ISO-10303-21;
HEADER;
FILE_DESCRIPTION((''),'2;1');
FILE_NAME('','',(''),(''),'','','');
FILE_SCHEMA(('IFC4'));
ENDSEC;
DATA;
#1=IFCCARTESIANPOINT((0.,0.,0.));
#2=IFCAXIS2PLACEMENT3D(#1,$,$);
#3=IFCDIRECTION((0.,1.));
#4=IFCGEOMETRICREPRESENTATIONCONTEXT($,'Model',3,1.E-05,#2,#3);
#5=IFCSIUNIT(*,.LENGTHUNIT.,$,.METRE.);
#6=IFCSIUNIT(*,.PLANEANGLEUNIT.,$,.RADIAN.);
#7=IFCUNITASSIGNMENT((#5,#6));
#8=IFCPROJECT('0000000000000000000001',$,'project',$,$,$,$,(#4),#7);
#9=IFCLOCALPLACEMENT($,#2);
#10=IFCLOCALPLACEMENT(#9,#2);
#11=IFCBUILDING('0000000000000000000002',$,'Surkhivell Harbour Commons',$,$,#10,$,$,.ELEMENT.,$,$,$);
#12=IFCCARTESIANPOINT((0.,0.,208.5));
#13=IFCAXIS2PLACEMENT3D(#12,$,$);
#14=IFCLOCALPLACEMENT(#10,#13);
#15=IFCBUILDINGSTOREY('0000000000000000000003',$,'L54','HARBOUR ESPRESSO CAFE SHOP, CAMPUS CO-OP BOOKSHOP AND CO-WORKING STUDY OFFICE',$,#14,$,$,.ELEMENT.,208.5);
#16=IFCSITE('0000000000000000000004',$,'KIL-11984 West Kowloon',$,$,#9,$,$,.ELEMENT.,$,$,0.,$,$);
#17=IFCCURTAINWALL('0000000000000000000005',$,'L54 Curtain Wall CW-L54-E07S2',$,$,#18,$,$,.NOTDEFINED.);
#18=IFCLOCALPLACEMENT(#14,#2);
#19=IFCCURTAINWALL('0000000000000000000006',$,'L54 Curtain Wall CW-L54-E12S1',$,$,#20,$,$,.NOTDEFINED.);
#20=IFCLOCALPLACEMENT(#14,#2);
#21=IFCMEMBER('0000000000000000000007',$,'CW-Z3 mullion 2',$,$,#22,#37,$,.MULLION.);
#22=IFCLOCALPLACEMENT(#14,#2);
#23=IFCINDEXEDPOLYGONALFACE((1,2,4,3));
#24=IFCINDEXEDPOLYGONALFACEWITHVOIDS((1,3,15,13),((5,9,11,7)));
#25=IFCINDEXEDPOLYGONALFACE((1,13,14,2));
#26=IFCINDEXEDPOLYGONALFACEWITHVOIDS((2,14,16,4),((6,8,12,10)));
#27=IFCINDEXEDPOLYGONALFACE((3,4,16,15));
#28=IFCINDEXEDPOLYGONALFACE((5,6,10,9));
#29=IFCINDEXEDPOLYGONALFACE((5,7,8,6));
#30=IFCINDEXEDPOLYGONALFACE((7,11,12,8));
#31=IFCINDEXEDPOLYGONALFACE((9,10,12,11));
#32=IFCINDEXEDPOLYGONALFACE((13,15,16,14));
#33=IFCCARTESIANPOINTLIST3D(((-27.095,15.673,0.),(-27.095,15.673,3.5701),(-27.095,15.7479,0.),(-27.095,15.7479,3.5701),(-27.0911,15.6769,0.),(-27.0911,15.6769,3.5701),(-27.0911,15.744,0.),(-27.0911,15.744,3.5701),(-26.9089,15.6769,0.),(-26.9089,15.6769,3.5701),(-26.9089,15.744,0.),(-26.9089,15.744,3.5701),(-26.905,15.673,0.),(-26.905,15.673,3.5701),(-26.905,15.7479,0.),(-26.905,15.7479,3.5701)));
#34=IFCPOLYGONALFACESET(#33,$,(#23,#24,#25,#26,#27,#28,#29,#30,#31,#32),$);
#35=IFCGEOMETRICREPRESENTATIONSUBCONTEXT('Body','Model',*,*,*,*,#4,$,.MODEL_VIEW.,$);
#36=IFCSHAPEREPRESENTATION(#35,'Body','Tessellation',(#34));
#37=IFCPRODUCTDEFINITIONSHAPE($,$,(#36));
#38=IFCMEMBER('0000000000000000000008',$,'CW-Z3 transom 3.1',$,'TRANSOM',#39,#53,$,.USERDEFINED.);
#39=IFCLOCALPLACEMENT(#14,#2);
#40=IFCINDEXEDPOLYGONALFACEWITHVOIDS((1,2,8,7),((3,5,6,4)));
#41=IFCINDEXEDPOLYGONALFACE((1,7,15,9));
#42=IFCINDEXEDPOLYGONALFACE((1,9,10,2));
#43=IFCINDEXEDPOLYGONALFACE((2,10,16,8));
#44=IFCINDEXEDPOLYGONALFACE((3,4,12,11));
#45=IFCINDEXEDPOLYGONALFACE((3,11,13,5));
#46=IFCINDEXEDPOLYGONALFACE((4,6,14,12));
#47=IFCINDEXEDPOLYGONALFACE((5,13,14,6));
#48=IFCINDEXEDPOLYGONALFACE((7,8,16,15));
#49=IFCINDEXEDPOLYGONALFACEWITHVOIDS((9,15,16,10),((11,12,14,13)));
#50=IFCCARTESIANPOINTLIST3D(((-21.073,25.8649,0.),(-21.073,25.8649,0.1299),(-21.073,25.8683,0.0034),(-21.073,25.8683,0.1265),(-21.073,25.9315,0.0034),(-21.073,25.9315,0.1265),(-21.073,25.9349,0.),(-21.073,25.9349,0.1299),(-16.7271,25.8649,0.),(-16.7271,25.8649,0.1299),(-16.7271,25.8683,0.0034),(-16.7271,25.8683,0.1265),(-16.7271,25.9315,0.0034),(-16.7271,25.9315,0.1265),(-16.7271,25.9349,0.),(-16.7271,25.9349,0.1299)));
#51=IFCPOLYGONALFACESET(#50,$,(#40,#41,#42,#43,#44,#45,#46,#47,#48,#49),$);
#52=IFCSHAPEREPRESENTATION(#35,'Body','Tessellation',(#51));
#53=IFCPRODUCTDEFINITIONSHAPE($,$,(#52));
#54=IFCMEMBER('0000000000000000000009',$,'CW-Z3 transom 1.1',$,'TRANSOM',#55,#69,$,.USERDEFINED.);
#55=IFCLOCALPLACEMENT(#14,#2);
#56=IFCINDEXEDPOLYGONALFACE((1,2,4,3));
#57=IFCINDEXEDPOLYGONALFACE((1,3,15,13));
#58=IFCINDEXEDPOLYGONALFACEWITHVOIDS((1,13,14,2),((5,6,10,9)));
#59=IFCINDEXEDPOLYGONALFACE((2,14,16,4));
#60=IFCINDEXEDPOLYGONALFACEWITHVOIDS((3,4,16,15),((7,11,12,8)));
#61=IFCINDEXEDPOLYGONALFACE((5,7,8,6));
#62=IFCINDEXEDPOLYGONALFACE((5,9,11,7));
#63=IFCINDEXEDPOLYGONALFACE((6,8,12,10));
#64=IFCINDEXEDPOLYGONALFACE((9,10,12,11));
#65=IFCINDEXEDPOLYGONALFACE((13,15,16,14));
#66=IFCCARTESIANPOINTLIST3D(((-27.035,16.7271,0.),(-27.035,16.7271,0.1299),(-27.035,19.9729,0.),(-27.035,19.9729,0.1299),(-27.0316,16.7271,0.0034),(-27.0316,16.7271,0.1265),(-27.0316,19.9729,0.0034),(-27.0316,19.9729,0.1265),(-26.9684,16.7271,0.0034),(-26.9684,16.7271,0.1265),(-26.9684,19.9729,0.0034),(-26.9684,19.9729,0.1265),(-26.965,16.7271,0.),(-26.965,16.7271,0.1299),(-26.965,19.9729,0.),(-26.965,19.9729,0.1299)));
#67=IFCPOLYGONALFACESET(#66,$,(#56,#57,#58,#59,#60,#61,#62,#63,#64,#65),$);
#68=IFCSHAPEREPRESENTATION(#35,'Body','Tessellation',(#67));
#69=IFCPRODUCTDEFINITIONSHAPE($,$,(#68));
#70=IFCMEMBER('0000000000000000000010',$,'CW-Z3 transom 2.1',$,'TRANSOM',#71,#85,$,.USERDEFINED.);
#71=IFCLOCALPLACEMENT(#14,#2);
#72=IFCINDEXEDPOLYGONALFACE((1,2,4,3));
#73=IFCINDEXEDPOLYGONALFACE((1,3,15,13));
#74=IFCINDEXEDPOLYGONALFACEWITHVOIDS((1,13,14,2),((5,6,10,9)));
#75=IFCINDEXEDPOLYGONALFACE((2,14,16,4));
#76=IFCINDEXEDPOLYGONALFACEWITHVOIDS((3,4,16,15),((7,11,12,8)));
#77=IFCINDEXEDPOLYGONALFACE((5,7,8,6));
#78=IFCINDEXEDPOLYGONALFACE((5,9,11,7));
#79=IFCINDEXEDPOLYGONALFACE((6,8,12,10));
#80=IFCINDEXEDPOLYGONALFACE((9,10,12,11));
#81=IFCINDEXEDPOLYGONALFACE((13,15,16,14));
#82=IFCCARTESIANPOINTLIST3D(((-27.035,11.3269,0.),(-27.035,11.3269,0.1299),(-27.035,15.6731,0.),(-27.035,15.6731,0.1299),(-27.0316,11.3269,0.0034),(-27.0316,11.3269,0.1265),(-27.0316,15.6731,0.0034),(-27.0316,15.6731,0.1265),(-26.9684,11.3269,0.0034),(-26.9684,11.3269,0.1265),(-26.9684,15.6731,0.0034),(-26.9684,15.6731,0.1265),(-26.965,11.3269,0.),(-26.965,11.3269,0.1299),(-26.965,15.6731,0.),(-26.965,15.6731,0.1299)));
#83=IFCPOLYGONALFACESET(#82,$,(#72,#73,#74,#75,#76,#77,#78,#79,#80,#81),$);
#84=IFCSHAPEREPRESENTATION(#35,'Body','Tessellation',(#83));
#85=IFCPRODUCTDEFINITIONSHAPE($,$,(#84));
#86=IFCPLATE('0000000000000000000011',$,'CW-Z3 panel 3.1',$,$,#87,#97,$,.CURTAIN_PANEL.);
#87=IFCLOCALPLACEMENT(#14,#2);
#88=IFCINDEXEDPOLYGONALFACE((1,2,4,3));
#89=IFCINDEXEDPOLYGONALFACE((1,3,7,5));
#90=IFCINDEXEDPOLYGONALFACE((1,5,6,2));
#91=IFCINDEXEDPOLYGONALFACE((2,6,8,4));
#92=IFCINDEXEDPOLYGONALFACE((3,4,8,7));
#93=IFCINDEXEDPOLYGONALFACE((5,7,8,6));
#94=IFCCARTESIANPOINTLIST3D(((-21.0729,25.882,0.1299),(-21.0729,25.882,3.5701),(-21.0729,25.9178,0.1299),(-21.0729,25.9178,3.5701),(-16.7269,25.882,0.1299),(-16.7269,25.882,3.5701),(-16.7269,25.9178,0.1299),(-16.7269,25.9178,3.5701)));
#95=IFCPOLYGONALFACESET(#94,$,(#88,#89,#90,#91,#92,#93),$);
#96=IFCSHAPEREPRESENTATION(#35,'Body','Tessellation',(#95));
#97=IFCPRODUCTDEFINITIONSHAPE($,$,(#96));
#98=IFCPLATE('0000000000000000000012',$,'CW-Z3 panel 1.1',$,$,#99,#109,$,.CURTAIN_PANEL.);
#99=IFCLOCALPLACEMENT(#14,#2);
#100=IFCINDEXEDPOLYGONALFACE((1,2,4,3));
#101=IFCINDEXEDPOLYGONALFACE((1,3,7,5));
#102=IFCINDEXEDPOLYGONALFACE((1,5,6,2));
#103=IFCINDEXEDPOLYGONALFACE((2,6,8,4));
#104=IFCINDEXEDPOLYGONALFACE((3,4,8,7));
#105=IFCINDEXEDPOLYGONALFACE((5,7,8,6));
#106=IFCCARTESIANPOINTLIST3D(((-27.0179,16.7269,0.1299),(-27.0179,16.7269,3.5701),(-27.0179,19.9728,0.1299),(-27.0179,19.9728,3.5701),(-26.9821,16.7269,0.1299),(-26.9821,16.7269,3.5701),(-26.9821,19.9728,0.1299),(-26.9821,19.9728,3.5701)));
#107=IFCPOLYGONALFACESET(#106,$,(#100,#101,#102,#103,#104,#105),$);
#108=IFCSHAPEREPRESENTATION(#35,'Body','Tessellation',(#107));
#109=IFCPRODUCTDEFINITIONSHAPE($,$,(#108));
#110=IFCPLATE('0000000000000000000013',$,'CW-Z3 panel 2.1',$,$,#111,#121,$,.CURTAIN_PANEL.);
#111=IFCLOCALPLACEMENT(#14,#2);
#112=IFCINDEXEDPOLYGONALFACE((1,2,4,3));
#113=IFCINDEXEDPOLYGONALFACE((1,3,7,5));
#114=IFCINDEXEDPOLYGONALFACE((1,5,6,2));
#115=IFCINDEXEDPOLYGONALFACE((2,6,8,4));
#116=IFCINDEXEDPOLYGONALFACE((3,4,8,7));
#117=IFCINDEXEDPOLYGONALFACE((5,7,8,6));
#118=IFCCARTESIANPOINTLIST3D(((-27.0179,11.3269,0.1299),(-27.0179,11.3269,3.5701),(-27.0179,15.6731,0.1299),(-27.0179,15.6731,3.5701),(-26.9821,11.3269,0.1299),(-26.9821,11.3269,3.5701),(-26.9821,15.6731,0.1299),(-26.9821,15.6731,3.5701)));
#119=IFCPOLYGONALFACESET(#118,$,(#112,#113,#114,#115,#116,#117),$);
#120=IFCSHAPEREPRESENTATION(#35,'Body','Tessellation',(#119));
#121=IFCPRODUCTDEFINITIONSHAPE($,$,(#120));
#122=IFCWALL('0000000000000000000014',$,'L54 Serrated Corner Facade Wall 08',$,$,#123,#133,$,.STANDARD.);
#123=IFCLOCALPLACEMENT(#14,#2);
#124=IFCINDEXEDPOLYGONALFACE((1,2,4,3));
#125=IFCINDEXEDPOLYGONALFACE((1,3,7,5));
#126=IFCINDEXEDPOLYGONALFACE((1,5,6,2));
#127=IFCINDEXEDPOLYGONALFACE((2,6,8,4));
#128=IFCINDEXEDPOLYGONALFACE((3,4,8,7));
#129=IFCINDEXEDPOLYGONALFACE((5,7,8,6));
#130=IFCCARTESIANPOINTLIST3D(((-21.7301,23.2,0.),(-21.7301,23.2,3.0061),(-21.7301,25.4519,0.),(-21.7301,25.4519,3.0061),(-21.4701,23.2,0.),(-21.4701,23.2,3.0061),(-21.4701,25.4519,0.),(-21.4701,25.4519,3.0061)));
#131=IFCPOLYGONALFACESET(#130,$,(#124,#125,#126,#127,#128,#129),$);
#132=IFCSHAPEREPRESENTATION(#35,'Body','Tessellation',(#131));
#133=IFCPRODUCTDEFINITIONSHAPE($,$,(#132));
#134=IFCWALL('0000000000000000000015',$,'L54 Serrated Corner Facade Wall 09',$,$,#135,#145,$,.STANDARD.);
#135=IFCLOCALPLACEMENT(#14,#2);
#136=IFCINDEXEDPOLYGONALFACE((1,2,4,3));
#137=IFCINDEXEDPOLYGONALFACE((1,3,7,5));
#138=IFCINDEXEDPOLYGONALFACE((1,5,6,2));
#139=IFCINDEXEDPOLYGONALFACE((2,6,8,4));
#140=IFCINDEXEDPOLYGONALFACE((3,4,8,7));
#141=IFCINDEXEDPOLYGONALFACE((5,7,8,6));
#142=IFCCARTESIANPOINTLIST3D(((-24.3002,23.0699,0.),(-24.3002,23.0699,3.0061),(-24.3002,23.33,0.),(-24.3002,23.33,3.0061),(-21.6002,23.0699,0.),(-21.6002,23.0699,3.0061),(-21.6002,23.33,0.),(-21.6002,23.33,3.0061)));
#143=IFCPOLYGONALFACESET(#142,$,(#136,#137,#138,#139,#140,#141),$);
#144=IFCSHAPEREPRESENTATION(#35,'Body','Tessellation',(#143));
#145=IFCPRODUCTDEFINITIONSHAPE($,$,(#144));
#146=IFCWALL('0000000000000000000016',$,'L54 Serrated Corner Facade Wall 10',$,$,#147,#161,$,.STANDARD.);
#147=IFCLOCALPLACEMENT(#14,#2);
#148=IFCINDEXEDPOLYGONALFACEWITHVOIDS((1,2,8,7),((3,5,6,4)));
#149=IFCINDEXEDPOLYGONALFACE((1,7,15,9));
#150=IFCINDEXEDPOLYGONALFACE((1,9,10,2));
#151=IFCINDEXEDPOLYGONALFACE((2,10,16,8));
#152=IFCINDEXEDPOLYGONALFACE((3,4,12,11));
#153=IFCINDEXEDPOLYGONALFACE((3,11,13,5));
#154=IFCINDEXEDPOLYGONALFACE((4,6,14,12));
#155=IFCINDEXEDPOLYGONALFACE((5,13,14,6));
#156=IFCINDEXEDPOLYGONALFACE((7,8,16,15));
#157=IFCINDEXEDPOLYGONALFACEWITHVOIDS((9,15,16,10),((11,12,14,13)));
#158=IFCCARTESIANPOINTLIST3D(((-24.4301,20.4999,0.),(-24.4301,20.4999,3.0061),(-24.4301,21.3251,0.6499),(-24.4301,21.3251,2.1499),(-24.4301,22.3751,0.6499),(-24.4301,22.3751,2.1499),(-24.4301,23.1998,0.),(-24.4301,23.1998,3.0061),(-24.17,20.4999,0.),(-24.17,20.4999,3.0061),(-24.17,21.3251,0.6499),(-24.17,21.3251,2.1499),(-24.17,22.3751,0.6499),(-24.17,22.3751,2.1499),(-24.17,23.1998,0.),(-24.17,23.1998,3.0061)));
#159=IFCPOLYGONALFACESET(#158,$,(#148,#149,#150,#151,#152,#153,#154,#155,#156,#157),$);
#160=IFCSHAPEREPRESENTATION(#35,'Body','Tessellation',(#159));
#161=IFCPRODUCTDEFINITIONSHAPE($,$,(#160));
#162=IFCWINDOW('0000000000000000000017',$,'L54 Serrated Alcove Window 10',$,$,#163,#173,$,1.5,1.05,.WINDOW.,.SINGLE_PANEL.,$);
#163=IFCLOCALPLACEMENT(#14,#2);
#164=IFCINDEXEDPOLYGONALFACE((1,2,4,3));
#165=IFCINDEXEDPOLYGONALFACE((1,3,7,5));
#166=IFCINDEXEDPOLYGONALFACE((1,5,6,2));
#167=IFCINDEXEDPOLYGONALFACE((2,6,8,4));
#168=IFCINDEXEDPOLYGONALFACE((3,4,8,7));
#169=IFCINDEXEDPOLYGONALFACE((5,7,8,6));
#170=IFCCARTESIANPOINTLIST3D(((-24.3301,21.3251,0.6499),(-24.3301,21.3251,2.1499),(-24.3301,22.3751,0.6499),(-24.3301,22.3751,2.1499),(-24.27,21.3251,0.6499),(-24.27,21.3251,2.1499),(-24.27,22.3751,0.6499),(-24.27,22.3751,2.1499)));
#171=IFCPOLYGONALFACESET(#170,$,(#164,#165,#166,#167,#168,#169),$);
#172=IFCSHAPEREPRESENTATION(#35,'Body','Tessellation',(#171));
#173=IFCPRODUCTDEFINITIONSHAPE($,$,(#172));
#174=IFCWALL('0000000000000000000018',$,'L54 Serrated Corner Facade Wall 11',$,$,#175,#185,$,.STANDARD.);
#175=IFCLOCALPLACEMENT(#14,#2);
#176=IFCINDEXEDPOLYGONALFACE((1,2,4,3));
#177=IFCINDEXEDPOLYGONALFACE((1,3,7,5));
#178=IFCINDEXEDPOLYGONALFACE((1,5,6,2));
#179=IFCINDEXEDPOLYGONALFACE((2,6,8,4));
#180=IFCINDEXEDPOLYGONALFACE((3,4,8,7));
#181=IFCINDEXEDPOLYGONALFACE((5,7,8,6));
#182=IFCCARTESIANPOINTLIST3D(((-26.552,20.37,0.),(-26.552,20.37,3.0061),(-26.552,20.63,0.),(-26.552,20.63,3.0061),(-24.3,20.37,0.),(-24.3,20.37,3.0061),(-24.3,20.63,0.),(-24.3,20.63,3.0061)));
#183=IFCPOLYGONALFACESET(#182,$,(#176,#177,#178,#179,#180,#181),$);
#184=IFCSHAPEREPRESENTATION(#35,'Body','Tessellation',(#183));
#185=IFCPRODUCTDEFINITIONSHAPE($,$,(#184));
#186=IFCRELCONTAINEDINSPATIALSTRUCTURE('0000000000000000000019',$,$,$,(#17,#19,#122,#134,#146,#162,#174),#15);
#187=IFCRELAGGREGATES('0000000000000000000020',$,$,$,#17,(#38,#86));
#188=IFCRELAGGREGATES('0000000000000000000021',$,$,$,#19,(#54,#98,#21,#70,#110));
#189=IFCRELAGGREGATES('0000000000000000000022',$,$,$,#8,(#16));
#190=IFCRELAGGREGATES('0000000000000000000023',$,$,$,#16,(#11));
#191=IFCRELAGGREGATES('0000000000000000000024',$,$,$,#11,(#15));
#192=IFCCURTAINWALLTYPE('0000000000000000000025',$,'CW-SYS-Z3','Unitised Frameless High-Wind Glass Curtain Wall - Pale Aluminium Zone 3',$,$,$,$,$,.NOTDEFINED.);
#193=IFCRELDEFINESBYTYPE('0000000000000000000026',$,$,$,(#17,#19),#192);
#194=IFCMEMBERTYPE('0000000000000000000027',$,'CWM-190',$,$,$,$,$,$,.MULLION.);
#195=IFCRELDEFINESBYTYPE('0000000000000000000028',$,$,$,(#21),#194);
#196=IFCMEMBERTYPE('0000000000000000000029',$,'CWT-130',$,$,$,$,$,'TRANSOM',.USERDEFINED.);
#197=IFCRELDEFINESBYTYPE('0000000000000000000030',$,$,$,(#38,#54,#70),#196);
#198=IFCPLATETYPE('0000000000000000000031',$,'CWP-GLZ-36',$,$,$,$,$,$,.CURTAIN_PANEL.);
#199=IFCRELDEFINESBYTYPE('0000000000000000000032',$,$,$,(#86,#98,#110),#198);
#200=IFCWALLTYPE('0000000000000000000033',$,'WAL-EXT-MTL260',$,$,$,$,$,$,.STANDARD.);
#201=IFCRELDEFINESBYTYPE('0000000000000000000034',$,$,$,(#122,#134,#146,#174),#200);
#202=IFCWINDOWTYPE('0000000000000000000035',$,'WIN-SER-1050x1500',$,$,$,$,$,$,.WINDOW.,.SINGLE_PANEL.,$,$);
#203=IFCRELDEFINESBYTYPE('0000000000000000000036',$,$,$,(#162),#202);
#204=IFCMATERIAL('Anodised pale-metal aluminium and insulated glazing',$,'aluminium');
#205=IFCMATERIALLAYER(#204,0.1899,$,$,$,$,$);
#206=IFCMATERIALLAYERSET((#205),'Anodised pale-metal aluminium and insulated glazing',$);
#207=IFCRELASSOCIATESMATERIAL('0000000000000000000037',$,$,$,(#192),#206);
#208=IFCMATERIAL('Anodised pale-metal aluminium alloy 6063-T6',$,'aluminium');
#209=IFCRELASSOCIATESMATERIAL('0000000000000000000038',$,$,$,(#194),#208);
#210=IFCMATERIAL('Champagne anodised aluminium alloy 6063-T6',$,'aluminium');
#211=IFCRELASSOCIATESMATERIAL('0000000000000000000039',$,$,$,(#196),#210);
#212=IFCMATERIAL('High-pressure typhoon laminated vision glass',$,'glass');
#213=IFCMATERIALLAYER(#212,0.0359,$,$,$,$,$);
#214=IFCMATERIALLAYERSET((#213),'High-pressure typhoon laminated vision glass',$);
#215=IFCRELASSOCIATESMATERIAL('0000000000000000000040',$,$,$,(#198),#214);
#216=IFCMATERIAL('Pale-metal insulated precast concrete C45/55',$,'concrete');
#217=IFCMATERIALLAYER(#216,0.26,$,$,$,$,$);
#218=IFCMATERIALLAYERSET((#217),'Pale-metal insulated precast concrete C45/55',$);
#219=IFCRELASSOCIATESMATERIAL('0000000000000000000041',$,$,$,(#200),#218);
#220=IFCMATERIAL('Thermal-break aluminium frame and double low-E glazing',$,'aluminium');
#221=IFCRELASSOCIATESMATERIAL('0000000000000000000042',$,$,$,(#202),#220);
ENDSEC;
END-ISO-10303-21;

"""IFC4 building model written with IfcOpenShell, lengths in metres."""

from ifc_helpers import new_model, si_unit, direction, frame, frame_2d, origin, origin_2d, place, context, subcontext, project, spatial, rectangle, hollow_rectangle, extrude, material, layer, layer_set, material_profile, profile_set, type_object, element, fill, aggregate, save


model = new_model("IFC4")

# Units and contexts
model_context = context("Model", 3, precision=1e-05, world=origin(), true_north=direction((0.0, 1.0)))
body_context = subcontext(model_context, "Body", "Model", "MODEL_VIEW")
ifc_project = project(units=[si_unit("LENGTHUNIT", "METRE"), si_unit("PLANEANGLEUNIT", "RADIAN")], contexts=[model_context])

# Site, building, storey
site_placement = place(None, origin())
site = spatial("IfcSite", under=ifc_project, at=site_placement, Name="KIL-11984 West Kowloon", CompositionType="ELEMENT", RefElevation=0.0)
building_placement = place(site_placement, origin())
building = spatial("IfcBuilding", under=site, at=building_placement, Name="Surkhivell Harbour Commons", CompositionType="ELEMENT")
storey_placement = place(building_placement, frame((0.0, 0.0, 208.5)))
storey = spatial("IfcBuildingStorey", under=building, at=storey_placement, Name="L54", Description="HARBOUR ESPRESSO CAFE SHOP, CAMPUS CO-OP BOOKSHOP AND CO-WORKING STUDY OFFICE", CompositionType="ELEMENT", Elevation=208.5)

# Curtain walls, member
ifc_material_1 = material(Name="Anodised pale-metal aluminium and insulated glazing", Category="aluminium")
ifc_layer_1 = layer(ifc_material_1, 0.1899)
ifc_layer_set_1 = layer_set([ifc_layer_1], Name="Anodised pale-metal aluminium and insulated glazing")
curtain_wall_type = type_object("IfcCurtainWallType", Name="CW-SYS-Z3", Description="Unitised Frameless High-Wind Glass Curtain Wall - Pale Aluminium Zone 3", PredefinedType="NOTDEFINED", material=ifc_layer_set_1)
curtain_wall_1_placement = place(storey_placement, origin())
curtain_wall_1 = element("IfcCurtainWall", 1, at=curtain_wall_1_placement, inside=storey, type_object=curtain_wall_type, Name="L54 Curtain Wall CW-L54-E07S2", PredefinedType="NOTDEFINED")
ifc_material_2 = material(Name="Anodised pale-metal aluminium alloy 6063-T6", Category="aluminium")
ifc_material_profile_1 = material_profile(ifc_material_2, hollow_rectangle(XDim=0.075, YDim=0.1899, WallThickness=0.0039, at=origin_2d()), Name="ALU-MULL-75x190")
ifc_profile_set_1 = profile_set([ifc_material_profile_1], Name="Anodised pale-metal aluminium alloy 6063-T6")
member_type_1 = type_object("IfcMemberType", Name="CWM-190", PredefinedType="MULLION", material=ifc_profile_set_1)
curtain_wall_2_placement = place(storey_placement, origin())
curtain_wall_2 = element("IfcCurtainWall", 2, at=curtain_wall_2_placement, inside=storey, type_object=curtain_wall_type, Name="L54 Curtain Wall CW-L54-E12S1", PredefinedType="NOTDEFINED")
member_1_placement = place(storey_placement, frame((-27.0, 15.7104, 0.0), z_axis=(0.0, 0.0, 1.0), x_axis=(0.0, -1.0, 0.0)))
member_1 = element("IfcMember", 3, at=member_1_placement, type_object=member_type_1, Name="CW-Z3 mullion 2", PredefinedType="MULLION", context=body_context, shape_type="SweptSolid", body=[
    extrude(hollow_rectangle(XDim=0.075, YDim=0.1899, WallThickness=0.0039, at=origin_2d()), origin(), (0.0, 0.0, 1.0), 3.5701),
])

# Members
ifc_material_3 = material(Name="Champagne anodised aluminium alloy 6063-T6", Category="aluminium")
ifc_material_profile_2 = material_profile(ifc_material_3, hollow_rectangle(XDim=0.0701, YDim=0.1299, WallThickness=0.0034, at=origin_2d()), Name="ALU-TRAN-70x130")
ifc_profile_set_2 = profile_set([ifc_material_profile_2], Name="Champagne anodised aluminium alloy 6063-T6")
member_type_2 = type_object("IfcMemberType", Name="CWT-130", ElementType="TRANSOM", PredefinedType="USERDEFINED", material=ifc_profile_set_2)
member_2_placement = place(storey_placement, frame((-16.7271, 25.8999, 0.0649), z_axis=(-1.0, 0.0, 0.0), x_axis=(0.0, -1.0, 0.0)))
member_2 = element("IfcMember", 4, at=member_2_placement, type_object=member_type_2, Name="CW-Z3 transom 3.1", ObjectType="TRANSOM", PredefinedType="USERDEFINED", context=body_context, shape_type="SweptSolid", body=[
    extrude(hollow_rectangle(XDim=0.0701, YDim=0.1299, WallThickness=0.0034, at=origin_2d()), origin(), (0.0, 0.0, 1.0), 4.3459),
])
member_3_placement = place(storey_placement, frame((-27.0, 19.9729, 0.0649), z_axis=(0.0, -1.0, 0.0), x_axis=(1.0, 0.0, 0.0)))
member_3 = element("IfcMember", 5, at=member_3_placement, type_object=member_type_2, Name="CW-Z3 transom 1.1", ObjectType="TRANSOM", PredefinedType="USERDEFINED", context=body_context, shape_type="SweptSolid", body=[
    extrude(hollow_rectangle(XDim=0.0701, YDim=0.1299, WallThickness=0.0034, at=origin_2d()), origin(), (0.0, 0.0, 1.0), 3.2458),
])
member_4_placement = place(storey_placement, frame((-27.0, 15.6731, 0.0649), z_axis=(0.0, -1.0, 0.0), x_axis=(1.0, 0.0, 0.0)))
member_4 = element("IfcMember", 6, at=member_4_placement, type_object=member_type_2, Name="CW-Z3 transom 2.1", ObjectType="TRANSOM", PredefinedType="USERDEFINED", context=body_context, shape_type="SweptSolid", body=[
    extrude(hollow_rectangle(XDim=0.0701, YDim=0.1299, WallThickness=0.0034, at=origin_2d()), origin(), (0.0, 0.0, 1.0), 4.3462),
])

# Plates
ifc_material_4 = material(Name="High-pressure typhoon laminated vision glass", Category="glass")
ifc_layer_2 = layer(ifc_material_4, 0.0359)
ifc_layer_set_2 = layer_set([ifc_layer_2], Name="High-pressure typhoon laminated vision glass")
plate_type = type_object("IfcPlateType", Name="CWP-GLZ-36", PredefinedType="CURTAIN_PANEL", material=ifc_layer_set_2)
plate_1_placement = place(storey_placement, frame((-16.7271, 25.8999, 0.1299), z_axis=(0.0, 0.0, 1.0), x_axis=(-1.0, 0.0, 0.0)))
plate_1 = element("IfcPlate", 7, at=plate_1_placement, type_object=plate_type, Name="CW-Z3 panel 3.1", PredefinedType="CURTAIN_PANEL", context=body_context, shape_type="SweptSolid", body=[
    extrude(rectangle(XDim=4.3459, YDim=0.0359, at=frame_2d((2.1729, 0.0))), origin(), (0.0, 0.0, 1.0), 3.4402),
])
aggregate(curtain_wall_1, [member_2, plate_1])
plate_2_placement = place(storey_placement, frame((-27.0, 19.9729, 0.1299), z_axis=(0.0, 0.0, 1.0), x_axis=(0.0, -1.0, 0.0)))
plate_2 = element("IfcPlate", 8, at=plate_2_placement, type_object=plate_type, Name="CW-Z3 panel 1.1", PredefinedType="CURTAIN_PANEL", context=body_context, shape_type="SweptSolid", body=[
    extrude(rectangle(XDim=3.2458, YDim=0.0359, at=frame_2d((1.623, 0.0))), origin(), (0.0, 0.0, 1.0), 3.4402),
])
plate_3_placement = place(storey_placement, frame((-27.0, 15.6731, 0.1299), z_axis=(0.0, 0.0, 1.0), x_axis=(0.0, -1.0, 0.0)))
plate_3 = element("IfcPlate", 9, at=plate_3_placement, type_object=plate_type, Name="CW-Z3 panel 2.1", PredefinedType="CURTAIN_PANEL", context=body_context, shape_type="SweptSolid", body=[
    extrude(rectangle(XDim=4.3462, YDim=0.0359, at=frame_2d((2.1731, 0.0))), origin(), (0.0, 0.0, 1.0), 3.4402),
])
aggregate(curtain_wall_2, [member_3, plate_2, member_1, member_4, plate_3])

# Walls
ifc_material_5 = material(Name="Pale-metal insulated precast concrete C45/55", Category="concrete")
ifc_layer_3 = layer(ifc_material_5, 0.26)
ifc_layer_set_3 = layer_set([ifc_layer_3], Name="Pale-metal insulated precast concrete C45/55")
wall_type = type_object("IfcWallType", Name="WAL-EXT-MTL260", PredefinedType="STANDARD", material=ifc_layer_set_3)
wall_1_placement = place(storey_placement, frame((-21.6001, 25.4519, 0.0), z_axis=(0.0, 0.0, 1.0), x_axis=(0.0, -1.0, 0.0)))
element("IfcWall", 10, at=wall_1_placement, inside=storey, type_object=wall_type, Name="L54 Serrated Corner Facade Wall 08", PredefinedType="STANDARD", context=body_context, shape_type="SweptSolid", body=[
    extrude(rectangle(XDim=2.252, YDim=0.26, at=frame_2d((1.126, 0.0))), origin(), (0.0, 0.0, 1.0), 3.0061),
])
wall_2_placement = place(storey_placement, frame((-21.6001, 23.2, 0.0), z_axis=(0.0, 0.0, 1.0), x_axis=(-1.0, 0.0, 0.0)))
element("IfcWall", 11, at=wall_2_placement, inside=storey, type_object=wall_type, Name="L54 Serrated Corner Facade Wall 09", PredefinedType="STANDARD", context=body_context, shape_type="SweptSolid", body=[
    extrude(rectangle(XDim=2.7, YDim=0.26, at=frame_2d((1.3501, 0.0))), origin(), (0.0, 0.0, 1.0), 3.0061),
])

# Wall, opening, window
wall_3_placement = place(storey_placement, frame((-24.3, 23.2, 0.0), z_axis=(0.0, 0.0, 1.0), x_axis=(0.0, -1.0, 0.0)))
wall_3 = element("IfcWall", 12, at=wall_3_placement, inside=storey, type_object=wall_type, Name="L54 Serrated Corner Facade Wall 10", PredefinedType="STANDARD", context=body_context, shape_type="SweptSolid", body=[
    extrude(rectangle(XDim=2.7, YDim=0.26, at=frame_2d((1.3501, 0.0))), origin(), (0.0, 0.0, 1.0), 3.0061),
])
opening_placement = place(wall_3_placement, frame((0.825, 0.0, 0.6499)))
opening = element("IfcOpeningElement", 13, at=opening_placement, cuts=wall_3, PredefinedType="OPENING", context=body_context, shape_type="SweptSolid", body=[
    extrude(rectangle(XDim=1.05, YDim=1.5, at=frame_2d((0.5249, 0.75))), frame((0.0, 0.1399, 0.0), z_axis=(0.0, -1.0, 0.0), x_axis=(1.0, 0.0, 0.0)), (0.0, 0.0, 1.0), 0.28),
])
ifc_material_6 = material(Name="Thermal-break aluminium frame and double low-E glazing", Category="aluminium")
window_type = type_object("IfcWindowType", Name="WIN-SER-1050x1500", PartitioningType="SINGLE_PANEL", PredefinedType="WINDOW", material=ifc_material_6)
window_placement = place(opening_placement, origin())
window = element("IfcWindow", 14, at=window_placement, inside=storey, type_object=window_type, Name="L54 Serrated Alcove Window 10", OverallHeight=1.5, OverallWidth=1.05, PartitioningType="SINGLE_PANEL", PredefinedType="WINDOW", context=body_context, shape_type="SweptSolid", body=[
    extrude(rectangle(XDim=1.05, YDim=1.5, at=frame_2d((0.5249, 0.75))), frame((0.0, 0.03, 0.0), z_axis=(0.0, -1.0, 0.0), x_axis=(1.0, 0.0, 0.0)), (0.0, 0.0, 1.0), 0.0601),
])
fill(opening, window)

# Wall
wall_4_placement = place(storey_placement, frame((-24.3, 20.5, 0.0), z_axis=(0.0, 0.0, 1.0), x_axis=(-1.0, 0.0, 0.0)))
element("IfcWall", 15, at=wall_4_placement, inside=storey, type_object=wall_type, Name="L54 Serrated Corner Facade Wall 11", PredefinedType="STANDARD", context=body_context, shape_type="SweptSolid", body=[
    extrude(rectangle(XDim=2.252, YDim=0.26, at=frame_2d((1.126, 0.0))), origin(), (0.0, 0.0, 1.0), 3.0061),
])

save(model, "model.ifc")
